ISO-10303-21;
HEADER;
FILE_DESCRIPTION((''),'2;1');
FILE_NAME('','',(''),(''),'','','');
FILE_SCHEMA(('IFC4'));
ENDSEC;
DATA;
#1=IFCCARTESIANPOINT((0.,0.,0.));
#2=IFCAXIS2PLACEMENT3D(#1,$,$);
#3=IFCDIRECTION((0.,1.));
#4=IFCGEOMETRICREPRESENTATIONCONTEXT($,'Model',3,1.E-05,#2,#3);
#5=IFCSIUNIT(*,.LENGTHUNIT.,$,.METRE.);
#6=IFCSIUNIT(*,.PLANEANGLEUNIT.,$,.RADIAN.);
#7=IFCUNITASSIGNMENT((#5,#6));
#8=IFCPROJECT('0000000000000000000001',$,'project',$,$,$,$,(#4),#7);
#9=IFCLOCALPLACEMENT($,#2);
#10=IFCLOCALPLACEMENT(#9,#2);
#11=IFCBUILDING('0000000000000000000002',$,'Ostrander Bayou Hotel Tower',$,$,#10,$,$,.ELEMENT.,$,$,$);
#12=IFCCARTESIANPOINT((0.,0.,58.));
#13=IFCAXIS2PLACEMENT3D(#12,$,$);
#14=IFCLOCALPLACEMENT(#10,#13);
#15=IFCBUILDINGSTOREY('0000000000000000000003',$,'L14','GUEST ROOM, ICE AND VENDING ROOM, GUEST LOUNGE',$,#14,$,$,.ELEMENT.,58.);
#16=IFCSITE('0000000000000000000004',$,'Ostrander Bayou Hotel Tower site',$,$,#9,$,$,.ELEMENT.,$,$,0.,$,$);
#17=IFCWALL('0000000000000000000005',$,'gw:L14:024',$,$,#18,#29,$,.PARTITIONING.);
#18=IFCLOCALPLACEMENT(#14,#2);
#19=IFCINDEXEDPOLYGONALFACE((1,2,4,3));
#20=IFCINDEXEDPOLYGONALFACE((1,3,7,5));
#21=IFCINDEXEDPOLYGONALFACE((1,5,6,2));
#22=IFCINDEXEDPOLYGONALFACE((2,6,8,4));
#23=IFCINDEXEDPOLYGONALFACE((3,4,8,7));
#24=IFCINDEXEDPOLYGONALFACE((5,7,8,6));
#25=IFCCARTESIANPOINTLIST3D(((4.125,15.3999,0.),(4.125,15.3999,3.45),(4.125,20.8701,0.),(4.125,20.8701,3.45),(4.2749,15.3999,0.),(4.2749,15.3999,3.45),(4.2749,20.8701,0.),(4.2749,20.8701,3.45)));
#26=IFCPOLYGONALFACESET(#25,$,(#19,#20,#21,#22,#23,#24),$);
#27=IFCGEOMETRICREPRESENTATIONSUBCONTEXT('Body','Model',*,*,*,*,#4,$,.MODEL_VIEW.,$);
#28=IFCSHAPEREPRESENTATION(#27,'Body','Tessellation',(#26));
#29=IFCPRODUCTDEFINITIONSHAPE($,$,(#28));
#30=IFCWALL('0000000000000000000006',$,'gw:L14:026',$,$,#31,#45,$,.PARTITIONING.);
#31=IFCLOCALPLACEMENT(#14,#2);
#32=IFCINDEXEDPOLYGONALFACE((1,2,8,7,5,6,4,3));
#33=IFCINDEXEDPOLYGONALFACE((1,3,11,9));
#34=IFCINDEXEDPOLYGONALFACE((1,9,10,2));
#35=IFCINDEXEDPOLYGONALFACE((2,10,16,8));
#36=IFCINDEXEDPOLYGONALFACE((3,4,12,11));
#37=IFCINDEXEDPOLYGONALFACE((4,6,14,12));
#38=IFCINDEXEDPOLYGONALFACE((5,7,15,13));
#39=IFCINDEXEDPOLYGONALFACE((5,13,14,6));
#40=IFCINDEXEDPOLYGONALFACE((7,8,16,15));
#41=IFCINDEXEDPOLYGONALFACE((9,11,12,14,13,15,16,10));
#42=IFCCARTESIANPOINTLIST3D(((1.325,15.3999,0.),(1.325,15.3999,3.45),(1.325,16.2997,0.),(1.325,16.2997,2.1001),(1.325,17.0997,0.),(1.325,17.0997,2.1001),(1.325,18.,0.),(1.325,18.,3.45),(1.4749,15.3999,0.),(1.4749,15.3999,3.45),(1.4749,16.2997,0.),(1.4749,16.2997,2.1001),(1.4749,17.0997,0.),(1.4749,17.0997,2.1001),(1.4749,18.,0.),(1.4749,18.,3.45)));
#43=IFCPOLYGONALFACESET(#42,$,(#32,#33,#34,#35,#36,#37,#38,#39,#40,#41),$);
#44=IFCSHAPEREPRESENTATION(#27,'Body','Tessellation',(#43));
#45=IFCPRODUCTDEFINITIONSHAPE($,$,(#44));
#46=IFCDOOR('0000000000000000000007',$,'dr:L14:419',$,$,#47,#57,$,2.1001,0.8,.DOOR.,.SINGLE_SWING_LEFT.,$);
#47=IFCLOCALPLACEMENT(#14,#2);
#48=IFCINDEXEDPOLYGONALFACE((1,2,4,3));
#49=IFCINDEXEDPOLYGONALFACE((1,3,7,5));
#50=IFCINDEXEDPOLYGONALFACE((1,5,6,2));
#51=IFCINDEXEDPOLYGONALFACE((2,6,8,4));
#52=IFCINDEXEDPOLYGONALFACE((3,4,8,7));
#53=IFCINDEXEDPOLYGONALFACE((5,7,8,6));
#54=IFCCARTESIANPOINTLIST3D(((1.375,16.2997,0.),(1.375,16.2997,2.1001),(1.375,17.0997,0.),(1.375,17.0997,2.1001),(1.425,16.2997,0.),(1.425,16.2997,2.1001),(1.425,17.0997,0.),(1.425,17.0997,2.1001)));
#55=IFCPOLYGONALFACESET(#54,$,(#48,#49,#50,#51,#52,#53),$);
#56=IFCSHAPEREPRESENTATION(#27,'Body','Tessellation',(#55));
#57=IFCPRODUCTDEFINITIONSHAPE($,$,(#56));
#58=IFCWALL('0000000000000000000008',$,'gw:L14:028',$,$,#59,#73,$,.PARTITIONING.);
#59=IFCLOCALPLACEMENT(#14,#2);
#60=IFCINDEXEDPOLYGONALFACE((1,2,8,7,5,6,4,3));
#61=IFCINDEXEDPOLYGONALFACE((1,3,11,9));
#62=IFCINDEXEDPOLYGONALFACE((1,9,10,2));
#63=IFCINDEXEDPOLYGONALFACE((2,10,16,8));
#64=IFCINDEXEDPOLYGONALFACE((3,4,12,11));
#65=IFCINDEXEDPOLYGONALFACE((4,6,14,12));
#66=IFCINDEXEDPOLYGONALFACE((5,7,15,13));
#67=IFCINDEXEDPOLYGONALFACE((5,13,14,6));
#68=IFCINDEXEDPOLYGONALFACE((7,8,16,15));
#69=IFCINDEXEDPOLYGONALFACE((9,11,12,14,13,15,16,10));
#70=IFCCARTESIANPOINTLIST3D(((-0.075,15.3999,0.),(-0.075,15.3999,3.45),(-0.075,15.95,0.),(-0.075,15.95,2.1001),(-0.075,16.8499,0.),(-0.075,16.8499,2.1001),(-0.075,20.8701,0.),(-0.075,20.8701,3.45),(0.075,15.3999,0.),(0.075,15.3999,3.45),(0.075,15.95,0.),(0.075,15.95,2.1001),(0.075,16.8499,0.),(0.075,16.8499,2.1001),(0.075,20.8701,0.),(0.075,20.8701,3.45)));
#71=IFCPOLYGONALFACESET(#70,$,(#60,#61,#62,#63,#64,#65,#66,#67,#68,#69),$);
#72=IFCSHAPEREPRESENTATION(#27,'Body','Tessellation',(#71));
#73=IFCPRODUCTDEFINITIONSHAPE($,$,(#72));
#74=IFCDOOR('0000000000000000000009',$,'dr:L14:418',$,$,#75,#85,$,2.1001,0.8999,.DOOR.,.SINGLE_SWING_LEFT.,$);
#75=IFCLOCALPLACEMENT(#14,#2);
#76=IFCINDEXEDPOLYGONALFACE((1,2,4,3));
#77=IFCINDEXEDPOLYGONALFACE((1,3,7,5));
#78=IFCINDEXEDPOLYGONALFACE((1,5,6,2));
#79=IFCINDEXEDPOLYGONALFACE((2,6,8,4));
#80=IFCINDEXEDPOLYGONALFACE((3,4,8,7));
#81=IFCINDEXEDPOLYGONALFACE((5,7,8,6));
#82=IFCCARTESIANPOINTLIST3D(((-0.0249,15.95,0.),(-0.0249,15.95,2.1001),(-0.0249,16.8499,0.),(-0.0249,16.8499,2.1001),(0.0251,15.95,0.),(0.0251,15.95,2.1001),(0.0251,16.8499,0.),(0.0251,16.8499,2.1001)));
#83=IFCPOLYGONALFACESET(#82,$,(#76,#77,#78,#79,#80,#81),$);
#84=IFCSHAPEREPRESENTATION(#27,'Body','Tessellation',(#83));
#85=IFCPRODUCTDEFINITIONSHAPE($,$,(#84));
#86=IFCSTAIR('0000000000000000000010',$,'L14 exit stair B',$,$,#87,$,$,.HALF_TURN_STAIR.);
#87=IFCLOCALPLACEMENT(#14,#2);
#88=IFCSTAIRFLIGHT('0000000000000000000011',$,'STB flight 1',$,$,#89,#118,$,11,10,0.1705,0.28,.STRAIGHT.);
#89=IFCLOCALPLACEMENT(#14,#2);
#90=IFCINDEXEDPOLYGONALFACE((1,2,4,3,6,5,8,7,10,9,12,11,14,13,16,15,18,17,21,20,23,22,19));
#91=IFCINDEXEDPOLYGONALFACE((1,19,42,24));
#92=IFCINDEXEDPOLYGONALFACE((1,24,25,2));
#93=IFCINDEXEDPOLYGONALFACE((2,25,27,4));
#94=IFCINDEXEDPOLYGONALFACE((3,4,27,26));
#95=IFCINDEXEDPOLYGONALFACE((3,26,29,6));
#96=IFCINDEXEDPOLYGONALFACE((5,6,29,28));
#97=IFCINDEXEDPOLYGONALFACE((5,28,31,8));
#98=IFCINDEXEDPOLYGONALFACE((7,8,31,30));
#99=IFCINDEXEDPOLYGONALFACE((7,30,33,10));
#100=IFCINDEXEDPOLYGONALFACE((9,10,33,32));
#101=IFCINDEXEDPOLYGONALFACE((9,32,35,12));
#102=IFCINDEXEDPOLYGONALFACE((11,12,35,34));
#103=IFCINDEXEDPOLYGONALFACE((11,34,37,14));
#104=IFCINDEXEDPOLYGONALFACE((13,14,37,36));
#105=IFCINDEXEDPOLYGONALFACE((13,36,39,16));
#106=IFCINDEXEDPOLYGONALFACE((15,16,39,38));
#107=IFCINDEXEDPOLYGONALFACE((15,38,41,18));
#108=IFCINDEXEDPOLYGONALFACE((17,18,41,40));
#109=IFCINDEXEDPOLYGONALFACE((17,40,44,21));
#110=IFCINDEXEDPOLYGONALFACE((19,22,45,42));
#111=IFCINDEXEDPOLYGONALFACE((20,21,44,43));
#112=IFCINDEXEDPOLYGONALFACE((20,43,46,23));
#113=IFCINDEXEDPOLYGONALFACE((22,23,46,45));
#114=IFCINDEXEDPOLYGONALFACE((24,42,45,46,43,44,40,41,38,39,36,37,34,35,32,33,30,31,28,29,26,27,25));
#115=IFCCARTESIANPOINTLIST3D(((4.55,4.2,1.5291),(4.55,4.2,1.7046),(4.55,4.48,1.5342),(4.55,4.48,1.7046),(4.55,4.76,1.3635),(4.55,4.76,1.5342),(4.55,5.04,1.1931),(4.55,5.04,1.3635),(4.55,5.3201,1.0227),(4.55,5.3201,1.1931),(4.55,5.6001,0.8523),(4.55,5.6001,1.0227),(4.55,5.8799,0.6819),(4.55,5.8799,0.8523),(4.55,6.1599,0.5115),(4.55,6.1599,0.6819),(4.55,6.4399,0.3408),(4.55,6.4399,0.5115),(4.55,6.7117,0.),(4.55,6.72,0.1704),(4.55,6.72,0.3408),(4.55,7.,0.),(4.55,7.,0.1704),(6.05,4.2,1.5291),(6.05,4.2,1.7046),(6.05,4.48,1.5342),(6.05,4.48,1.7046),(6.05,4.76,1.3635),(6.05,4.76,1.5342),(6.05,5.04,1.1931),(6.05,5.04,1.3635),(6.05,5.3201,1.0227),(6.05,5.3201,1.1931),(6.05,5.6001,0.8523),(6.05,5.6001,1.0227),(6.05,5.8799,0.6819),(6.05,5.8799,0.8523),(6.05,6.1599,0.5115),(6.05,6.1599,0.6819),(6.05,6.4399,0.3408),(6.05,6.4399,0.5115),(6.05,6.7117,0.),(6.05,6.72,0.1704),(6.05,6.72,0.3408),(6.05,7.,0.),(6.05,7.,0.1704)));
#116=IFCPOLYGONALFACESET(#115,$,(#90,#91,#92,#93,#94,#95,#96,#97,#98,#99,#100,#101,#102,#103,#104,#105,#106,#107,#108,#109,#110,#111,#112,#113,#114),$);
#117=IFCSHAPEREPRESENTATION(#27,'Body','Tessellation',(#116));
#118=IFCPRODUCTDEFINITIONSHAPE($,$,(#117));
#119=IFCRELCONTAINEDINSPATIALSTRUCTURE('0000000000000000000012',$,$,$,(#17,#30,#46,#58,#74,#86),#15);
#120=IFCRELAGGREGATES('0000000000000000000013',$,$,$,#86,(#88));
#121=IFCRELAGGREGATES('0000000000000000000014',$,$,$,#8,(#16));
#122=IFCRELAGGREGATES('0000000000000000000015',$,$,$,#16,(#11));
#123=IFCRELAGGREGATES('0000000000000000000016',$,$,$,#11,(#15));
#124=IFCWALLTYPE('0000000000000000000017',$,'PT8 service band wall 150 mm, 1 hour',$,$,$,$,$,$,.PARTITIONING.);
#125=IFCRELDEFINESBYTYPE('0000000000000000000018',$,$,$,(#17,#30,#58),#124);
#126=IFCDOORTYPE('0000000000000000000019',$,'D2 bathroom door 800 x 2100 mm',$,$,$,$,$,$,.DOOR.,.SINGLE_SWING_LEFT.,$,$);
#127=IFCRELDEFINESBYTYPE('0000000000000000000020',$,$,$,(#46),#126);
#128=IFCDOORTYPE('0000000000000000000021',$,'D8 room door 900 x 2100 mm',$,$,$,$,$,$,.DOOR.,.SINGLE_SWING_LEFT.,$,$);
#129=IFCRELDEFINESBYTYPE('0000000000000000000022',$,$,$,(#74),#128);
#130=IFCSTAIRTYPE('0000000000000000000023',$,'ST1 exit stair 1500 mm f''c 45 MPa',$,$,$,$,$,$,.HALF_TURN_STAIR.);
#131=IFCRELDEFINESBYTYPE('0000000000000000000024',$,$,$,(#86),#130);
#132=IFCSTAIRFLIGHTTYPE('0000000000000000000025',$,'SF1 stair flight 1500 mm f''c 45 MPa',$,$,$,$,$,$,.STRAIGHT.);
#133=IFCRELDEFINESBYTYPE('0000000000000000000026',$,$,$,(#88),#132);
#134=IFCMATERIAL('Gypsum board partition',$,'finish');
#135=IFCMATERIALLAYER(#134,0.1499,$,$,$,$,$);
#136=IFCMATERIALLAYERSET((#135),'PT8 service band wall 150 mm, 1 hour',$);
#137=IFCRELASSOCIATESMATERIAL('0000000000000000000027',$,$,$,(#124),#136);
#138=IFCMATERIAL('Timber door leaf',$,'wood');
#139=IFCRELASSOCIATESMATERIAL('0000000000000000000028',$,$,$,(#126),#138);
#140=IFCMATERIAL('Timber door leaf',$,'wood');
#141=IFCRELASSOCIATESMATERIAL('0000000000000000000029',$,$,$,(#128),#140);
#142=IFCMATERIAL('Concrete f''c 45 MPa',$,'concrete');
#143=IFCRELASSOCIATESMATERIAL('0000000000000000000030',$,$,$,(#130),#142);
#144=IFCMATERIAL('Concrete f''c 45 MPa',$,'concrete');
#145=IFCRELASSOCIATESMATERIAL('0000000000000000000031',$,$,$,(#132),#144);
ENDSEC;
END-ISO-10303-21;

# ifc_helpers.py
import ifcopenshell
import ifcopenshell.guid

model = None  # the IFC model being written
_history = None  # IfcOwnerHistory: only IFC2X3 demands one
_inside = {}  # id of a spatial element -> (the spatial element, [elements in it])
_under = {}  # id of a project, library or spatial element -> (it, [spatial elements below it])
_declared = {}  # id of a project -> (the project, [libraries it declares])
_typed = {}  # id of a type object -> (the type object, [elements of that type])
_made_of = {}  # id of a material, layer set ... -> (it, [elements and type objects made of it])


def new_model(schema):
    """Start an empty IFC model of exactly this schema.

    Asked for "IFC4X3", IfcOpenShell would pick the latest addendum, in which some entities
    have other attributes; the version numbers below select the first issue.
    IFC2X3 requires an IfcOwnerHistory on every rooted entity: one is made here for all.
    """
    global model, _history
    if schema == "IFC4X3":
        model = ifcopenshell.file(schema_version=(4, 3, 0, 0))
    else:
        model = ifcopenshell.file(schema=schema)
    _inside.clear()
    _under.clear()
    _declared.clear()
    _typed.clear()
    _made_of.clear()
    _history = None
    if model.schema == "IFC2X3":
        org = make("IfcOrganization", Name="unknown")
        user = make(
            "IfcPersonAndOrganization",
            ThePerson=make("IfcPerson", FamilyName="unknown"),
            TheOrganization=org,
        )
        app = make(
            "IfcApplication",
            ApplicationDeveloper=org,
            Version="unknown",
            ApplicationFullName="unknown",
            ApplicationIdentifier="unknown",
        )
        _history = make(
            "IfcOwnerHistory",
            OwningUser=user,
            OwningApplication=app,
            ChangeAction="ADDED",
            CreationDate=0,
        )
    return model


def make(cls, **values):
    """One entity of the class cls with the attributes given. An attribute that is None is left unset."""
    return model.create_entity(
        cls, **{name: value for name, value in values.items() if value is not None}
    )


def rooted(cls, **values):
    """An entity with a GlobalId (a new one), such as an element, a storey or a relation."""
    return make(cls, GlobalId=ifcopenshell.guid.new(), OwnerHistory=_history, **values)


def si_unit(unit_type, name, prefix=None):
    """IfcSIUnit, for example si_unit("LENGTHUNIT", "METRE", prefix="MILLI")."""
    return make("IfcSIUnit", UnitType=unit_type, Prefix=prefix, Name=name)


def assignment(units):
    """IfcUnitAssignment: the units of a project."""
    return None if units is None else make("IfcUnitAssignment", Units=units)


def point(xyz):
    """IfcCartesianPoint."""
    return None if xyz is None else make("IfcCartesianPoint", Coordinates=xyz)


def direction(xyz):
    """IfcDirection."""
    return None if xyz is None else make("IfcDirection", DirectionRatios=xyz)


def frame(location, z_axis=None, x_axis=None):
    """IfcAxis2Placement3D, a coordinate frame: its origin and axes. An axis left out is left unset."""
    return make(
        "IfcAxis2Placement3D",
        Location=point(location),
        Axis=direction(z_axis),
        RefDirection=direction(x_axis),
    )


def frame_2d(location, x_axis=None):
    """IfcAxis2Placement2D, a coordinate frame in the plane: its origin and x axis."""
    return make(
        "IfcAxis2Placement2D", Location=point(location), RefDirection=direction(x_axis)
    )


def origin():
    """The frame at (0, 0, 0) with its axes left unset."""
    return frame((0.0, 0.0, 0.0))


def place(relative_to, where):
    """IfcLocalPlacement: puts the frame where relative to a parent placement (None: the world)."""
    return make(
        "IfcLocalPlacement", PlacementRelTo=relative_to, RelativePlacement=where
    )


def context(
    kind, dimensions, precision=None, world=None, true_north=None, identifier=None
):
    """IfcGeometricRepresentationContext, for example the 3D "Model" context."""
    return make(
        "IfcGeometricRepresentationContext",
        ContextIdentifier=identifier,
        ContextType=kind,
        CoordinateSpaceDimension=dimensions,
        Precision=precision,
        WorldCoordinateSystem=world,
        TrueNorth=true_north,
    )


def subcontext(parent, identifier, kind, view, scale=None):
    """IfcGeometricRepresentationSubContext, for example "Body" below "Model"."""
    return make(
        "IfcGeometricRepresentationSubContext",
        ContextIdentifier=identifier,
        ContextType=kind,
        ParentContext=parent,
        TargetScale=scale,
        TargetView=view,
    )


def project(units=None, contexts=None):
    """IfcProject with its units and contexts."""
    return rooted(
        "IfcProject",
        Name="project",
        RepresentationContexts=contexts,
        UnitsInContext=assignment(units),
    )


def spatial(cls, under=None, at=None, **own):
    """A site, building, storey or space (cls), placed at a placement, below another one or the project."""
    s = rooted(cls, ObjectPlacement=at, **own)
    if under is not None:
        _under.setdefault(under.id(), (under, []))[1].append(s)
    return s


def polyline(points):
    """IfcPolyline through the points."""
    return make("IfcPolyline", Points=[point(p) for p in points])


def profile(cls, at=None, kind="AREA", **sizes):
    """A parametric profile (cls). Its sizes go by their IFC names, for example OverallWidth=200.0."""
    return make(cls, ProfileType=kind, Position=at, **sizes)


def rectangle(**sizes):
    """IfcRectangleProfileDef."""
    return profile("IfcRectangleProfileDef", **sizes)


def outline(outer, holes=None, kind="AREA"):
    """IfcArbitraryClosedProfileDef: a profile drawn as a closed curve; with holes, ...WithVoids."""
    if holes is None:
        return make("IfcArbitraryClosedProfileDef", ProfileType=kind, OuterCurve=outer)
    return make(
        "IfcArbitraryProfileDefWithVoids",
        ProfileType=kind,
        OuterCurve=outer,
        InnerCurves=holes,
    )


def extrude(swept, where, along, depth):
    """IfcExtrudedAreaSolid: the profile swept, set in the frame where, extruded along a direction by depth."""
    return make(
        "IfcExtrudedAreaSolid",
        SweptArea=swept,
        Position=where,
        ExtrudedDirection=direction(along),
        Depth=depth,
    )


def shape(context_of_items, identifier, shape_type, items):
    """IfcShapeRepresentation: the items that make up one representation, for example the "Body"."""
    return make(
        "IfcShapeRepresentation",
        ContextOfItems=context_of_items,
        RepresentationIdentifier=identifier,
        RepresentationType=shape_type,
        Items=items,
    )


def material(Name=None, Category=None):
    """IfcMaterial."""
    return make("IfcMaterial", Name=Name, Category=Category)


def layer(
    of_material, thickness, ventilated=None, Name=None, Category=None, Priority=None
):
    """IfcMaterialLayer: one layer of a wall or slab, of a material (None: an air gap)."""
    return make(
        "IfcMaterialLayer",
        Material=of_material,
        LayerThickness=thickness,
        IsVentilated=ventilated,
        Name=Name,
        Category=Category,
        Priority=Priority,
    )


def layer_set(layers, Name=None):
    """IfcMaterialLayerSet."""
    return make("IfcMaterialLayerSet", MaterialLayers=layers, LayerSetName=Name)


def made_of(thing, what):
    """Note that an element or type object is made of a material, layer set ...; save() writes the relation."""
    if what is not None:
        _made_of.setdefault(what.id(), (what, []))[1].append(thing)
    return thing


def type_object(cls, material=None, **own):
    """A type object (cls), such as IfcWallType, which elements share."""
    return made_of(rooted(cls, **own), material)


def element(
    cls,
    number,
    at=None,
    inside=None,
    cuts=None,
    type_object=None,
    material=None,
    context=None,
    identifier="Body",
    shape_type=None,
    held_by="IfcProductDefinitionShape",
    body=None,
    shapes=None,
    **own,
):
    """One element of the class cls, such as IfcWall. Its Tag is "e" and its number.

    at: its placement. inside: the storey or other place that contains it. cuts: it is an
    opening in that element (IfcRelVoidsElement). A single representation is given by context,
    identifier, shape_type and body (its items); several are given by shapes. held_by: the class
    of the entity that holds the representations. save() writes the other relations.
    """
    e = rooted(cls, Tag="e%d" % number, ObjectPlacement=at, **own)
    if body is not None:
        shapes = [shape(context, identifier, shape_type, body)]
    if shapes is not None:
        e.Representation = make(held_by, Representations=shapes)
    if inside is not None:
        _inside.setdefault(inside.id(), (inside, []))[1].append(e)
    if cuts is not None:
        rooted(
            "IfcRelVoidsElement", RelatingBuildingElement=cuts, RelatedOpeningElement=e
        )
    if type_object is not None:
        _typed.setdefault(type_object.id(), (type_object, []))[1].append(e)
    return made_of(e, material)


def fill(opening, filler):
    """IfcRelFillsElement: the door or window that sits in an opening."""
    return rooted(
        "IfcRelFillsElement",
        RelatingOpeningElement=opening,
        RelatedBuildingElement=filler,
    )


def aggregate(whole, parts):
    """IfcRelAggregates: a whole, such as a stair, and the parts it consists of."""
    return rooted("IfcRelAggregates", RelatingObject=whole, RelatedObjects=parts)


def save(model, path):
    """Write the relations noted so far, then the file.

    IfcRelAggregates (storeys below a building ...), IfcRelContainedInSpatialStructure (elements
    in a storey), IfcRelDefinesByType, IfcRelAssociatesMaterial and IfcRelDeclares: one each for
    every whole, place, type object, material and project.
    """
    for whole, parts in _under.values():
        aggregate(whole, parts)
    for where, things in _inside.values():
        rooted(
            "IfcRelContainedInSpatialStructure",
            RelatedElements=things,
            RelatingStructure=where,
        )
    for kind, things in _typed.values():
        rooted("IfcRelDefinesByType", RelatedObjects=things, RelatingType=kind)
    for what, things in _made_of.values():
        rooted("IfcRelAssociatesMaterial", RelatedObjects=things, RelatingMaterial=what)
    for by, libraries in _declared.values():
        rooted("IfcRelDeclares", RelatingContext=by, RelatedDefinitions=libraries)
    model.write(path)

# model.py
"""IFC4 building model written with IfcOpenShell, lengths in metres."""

from ifc_helpers import new_model, si_unit, direction, frame, frame_2d, origin, place, context, subcontext, project, spatial, polyline, rectangle, outline, extrude, material, layer, layer_set, type_object, element, fill, aggregate, save


model = new_model("IFC4")

# Units and contexts
model_context = context("Model", 3, precision=1e-05, world=origin(), true_north=direction((0.0, 1.0)))
body_context = subcontext(model_context, "Body", "Model", "MODEL_VIEW")
ifc_project = project(units=[si_unit("LENGTHUNIT", "METRE"), si_unit("PLANEANGLEUNIT", "RADIAN")], contexts=[model_context])

# Site, building, storey
site_placement = place(None, origin())
site = spatial("IfcSite", under=ifc_project, at=site_placement, Name="Ostrander Bayou Hotel Tower site", CompositionType="ELEMENT", RefElevation=0.0)
building_placement = place(site_placement, origin())
building = spatial("IfcBuilding", under=site, at=building_placement, Name="Ostrander Bayou Hotel Tower", CompositionType="ELEMENT")
storey_placement = place(building_placement, frame((0.0, 0.0, 58.0)))
storey = spatial("IfcBuildingStorey", under=building, at=storey_placement, Name="L14", Description="GUEST ROOM, ICE AND VENDING ROOM, GUEST LOUNGE", CompositionType="ELEMENT", Elevation=58.0)

# Shared definitions
ifc_material_1 = material(Name="Gypsum board partition", Category="finish")
ifc_layer_1 = layer(ifc_material_1, 0.1499)
ifc_layer_set_1 = layer_set([ifc_layer_1], Name="PT8 service band wall 150 mm, 1 hour")
wall_type_1 = type_object("IfcWallType", Name="PT8 service band wall 150 mm, 1 hour", PredefinedType="PARTITIONING", material=ifc_layer_set_1)

# Shared definitions
ifc_material_2 = material(Name="Timber door leaf", Category="wood")
door_type_1 = type_object("IfcDoorType", Name="D2 bathroom door 800 x 2100 mm", OperationType="SINGLE_SWING_LEFT", PredefinedType="DOOR", material=ifc_material_2)

# Wall
wall_1_placement = place(storey_placement, frame((4.2, 15.3999, 0.0), z_axis=(0.0, 0.0, 1.0), x_axis=(0.0, 1.0, 0.0)))
element("IfcWall", 1, at=wall_1_placement, inside=storey, type_object=wall_type_1, Name="gw:L14:024", PredefinedType="PARTITIONING", context=body_context, shape_type="SweptSolid", body=[
    extrude(rectangle(XDim=5.4702, YDim=0.1499, at=frame_2d((2.7351, 0.0))), origin(), (0.0, 0.0, 1.0), 3.45),
])

# Walls, openings, doors
wall_2_placement = place(storey_placement, frame((1.3999, 15.3999, 0.0), z_axis=(0.0, 0.0, 1.0), x_axis=(0.0, 1.0, 0.0)))
wall_2 = element("IfcWall", 2, at=wall_2_placement, inside=storey, type_object=wall_type_1, Name="gw:L14:026", PredefinedType="PARTITIONING", context=body_context, shape_type="SweptSolid", body=[
    extrude(rectangle(XDim=2.6001, YDim=0.1499, at=frame_2d((1.3, 0.0))), origin(), (0.0, 0.0, 1.0), 3.45),
])
opening_1_placement = place(wall_2_placement, frame((0.8999, 0.0, 0.0)))
opening_1 = element("IfcOpeningElement", 3, at=opening_1_placement, cuts=wall_2, PredefinedType="OPENING", context=body_context, shape_type="SweptSolid", body=[
    extrude(rectangle(XDim=0.8, YDim=2.1001, at=frame_2d((0.3999, 1.05))), frame((0.0, 0.075, 0.0), z_axis=(0.0, -1.0, 0.0), x_axis=(1.0, 0.0, 0.0)), (0.0, 0.0, 1.0), 0.1499),
])
door_1_placement = place(opening_1_placement, origin())
door_1 = element("IfcDoor", 4, at=door_1_placement, inside=storey, type_object=door_type_1, Name="dr:L14:419", OperationType="SINGLE_SWING_LEFT", OverallHeight=2.1001, OverallWidth=0.8, PredefinedType="DOOR", context=body_context, shape_type="SweptSolid", body=[
    extrude(rectangle(XDim=0.8, YDim=2.1001, at=frame_2d((0.3999, 1.05))), frame((0.0, 0.0249, 0.0), z_axis=(0.0, -1.0, 0.0), x_axis=(1.0, 0.0, 0.0)), (0.0, 0.0, 1.0), 0.05),
])
fill(opening_1, door_1)
wall_3_placement = place(storey_placement, frame((0.0, 15.3999, 0.0), z_axis=(0.0, 0.0, 1.0), x_axis=(0.0, 1.0, 0.0)))
wall_3 = element("IfcWall", 5, at=wall_3_placement, inside=storey, type_object=wall_type_1, Name="gw:L14:028", PredefinedType="PARTITIONING", context=body_context, shape_type="SweptSolid", body=[
    extrude(rectangle(XDim=5.4702, YDim=0.1499, at=frame_2d((2.7351, 0.0))), origin(), (0.0, 0.0, 1.0), 3.45),
])
opening_2_placement = place(wall_3_placement, frame((0.55, 0.0, 0.0)))
opening_2 = element("IfcOpeningElement", 6, at=opening_2_placement, cuts=wall_3, PredefinedType="OPENING", context=body_context, shape_type="SweptSolid", body=[
    extrude(rectangle(XDim=0.8999, YDim=2.1001, at=frame_2d((0.45, 1.05))), frame((0.0, 0.075, 0.0), z_axis=(0.0, -1.0, 0.0), x_axis=(1.0, 0.0, 0.0)), (0.0, 0.0, 1.0), 0.1499),
])
ifc_material_3 = material(Name="Timber door leaf", Category="wood")
door_type_2 = type_object("IfcDoorType", Name="D8 room door 900 x 2100 mm", OperationType="SINGLE_SWING_LEFT", PredefinedType="DOOR", material=ifc_material_3)
door_2_placement = place(opening_2_placement, origin())
door_2 = element("IfcDoor", 7, at=door_2_placement, inside=storey, type_object=door_type_2, Name="dr:L14:418", OperationType="SINGLE_SWING_LEFT", OverallHeight=2.1001, OverallWidth=0.8999, PredefinedType="DOOR", context=body_context, shape_type="SweptSolid", body=[
    extrude(rectangle(XDim=0.8999, YDim=2.1001, at=frame_2d((0.45, 1.05))), frame((0.0, 0.0249, 0.0), z_axis=(0.0, -1.0, 0.0), x_axis=(1.0, 0.0, 0.0)), (0.0, 0.0, 1.0), 0.05),
])
fill(opening_2, door_2)

# Stair, stair flight
ifc_material_4 = material(Name="Concrete f'c 45 MPa", Category="concrete")
stair_type = type_object("IfcStairType", Name="ST1 exit stair 1500 mm f'c 45 MPa", PredefinedType="HALF_TURN_STAIR", material=ifc_material_4)
stair_placement = place(storey_placement, origin())
stair = element("IfcStair", 8, at=stair_placement, inside=storey, type_object=stair_type, Name="L14 exit stair B", PredefinedType="HALF_TURN_STAIR")
ifc_material_5 = material(Name="Concrete f'c 45 MPa", Category="concrete")
stair_flight_type = type_object("IfcStairFlightType", Name="SF1 stair flight 1500 mm f'c 45 MPa", PredefinedType="STRAIGHT", material=ifc_material_5)
stair_flight_placement = place(storey_placement, frame((5.3, 7.0, 0.0), z_axis=(0.0, 0.0, 1.0), x_axis=(0.0, -1.0, 0.0)))
stair_flight = element("IfcStairFlight", 9, at=stair_flight_placement, type_object=stair_flight_type, Name="STB flight 1", NumberOfRisers=11, NumberOfTreads=10, PredefinedType="STRAIGHT", RiserHeight=0.1705, TreadLength=0.28, context=body_context, shape_type="SweptSolid", body=[
    extrude(outline(polyline([(0.0, 0.0), (0.0, 0.1704), (0.28, 0.1704), (0.28, 0.3408), (0.5601, 0.3408), (0.5601, 0.5115), (0.8401, 0.5115), (0.8401, 0.6819), (1.1201, 0.6819), (1.1201, 0.8523), (1.3999, 0.8523), (1.3999, 1.0227), (1.6799, 1.0227), (1.6799, 1.1931), (1.96, 1.1931), (1.96, 1.3635), (2.24, 1.3635), (2.24, 1.5342), (2.52, 1.5342), (2.52, 1.7046), (2.8, 1.7046), (2.8, 1.875), (2.8, 1.5291), (0.2883, 0.0), (0.0, 0.0)])), frame((0.0, 0.75, 0.0), z_axis=(0.0, -1.0, 0.0), x_axis=(1.0, 0.0, 0.0)), (0.0, 0.0, 1.0), 1.5),
])
aggregate(stair, [stair_flight])

save(model, "model.ifc")
